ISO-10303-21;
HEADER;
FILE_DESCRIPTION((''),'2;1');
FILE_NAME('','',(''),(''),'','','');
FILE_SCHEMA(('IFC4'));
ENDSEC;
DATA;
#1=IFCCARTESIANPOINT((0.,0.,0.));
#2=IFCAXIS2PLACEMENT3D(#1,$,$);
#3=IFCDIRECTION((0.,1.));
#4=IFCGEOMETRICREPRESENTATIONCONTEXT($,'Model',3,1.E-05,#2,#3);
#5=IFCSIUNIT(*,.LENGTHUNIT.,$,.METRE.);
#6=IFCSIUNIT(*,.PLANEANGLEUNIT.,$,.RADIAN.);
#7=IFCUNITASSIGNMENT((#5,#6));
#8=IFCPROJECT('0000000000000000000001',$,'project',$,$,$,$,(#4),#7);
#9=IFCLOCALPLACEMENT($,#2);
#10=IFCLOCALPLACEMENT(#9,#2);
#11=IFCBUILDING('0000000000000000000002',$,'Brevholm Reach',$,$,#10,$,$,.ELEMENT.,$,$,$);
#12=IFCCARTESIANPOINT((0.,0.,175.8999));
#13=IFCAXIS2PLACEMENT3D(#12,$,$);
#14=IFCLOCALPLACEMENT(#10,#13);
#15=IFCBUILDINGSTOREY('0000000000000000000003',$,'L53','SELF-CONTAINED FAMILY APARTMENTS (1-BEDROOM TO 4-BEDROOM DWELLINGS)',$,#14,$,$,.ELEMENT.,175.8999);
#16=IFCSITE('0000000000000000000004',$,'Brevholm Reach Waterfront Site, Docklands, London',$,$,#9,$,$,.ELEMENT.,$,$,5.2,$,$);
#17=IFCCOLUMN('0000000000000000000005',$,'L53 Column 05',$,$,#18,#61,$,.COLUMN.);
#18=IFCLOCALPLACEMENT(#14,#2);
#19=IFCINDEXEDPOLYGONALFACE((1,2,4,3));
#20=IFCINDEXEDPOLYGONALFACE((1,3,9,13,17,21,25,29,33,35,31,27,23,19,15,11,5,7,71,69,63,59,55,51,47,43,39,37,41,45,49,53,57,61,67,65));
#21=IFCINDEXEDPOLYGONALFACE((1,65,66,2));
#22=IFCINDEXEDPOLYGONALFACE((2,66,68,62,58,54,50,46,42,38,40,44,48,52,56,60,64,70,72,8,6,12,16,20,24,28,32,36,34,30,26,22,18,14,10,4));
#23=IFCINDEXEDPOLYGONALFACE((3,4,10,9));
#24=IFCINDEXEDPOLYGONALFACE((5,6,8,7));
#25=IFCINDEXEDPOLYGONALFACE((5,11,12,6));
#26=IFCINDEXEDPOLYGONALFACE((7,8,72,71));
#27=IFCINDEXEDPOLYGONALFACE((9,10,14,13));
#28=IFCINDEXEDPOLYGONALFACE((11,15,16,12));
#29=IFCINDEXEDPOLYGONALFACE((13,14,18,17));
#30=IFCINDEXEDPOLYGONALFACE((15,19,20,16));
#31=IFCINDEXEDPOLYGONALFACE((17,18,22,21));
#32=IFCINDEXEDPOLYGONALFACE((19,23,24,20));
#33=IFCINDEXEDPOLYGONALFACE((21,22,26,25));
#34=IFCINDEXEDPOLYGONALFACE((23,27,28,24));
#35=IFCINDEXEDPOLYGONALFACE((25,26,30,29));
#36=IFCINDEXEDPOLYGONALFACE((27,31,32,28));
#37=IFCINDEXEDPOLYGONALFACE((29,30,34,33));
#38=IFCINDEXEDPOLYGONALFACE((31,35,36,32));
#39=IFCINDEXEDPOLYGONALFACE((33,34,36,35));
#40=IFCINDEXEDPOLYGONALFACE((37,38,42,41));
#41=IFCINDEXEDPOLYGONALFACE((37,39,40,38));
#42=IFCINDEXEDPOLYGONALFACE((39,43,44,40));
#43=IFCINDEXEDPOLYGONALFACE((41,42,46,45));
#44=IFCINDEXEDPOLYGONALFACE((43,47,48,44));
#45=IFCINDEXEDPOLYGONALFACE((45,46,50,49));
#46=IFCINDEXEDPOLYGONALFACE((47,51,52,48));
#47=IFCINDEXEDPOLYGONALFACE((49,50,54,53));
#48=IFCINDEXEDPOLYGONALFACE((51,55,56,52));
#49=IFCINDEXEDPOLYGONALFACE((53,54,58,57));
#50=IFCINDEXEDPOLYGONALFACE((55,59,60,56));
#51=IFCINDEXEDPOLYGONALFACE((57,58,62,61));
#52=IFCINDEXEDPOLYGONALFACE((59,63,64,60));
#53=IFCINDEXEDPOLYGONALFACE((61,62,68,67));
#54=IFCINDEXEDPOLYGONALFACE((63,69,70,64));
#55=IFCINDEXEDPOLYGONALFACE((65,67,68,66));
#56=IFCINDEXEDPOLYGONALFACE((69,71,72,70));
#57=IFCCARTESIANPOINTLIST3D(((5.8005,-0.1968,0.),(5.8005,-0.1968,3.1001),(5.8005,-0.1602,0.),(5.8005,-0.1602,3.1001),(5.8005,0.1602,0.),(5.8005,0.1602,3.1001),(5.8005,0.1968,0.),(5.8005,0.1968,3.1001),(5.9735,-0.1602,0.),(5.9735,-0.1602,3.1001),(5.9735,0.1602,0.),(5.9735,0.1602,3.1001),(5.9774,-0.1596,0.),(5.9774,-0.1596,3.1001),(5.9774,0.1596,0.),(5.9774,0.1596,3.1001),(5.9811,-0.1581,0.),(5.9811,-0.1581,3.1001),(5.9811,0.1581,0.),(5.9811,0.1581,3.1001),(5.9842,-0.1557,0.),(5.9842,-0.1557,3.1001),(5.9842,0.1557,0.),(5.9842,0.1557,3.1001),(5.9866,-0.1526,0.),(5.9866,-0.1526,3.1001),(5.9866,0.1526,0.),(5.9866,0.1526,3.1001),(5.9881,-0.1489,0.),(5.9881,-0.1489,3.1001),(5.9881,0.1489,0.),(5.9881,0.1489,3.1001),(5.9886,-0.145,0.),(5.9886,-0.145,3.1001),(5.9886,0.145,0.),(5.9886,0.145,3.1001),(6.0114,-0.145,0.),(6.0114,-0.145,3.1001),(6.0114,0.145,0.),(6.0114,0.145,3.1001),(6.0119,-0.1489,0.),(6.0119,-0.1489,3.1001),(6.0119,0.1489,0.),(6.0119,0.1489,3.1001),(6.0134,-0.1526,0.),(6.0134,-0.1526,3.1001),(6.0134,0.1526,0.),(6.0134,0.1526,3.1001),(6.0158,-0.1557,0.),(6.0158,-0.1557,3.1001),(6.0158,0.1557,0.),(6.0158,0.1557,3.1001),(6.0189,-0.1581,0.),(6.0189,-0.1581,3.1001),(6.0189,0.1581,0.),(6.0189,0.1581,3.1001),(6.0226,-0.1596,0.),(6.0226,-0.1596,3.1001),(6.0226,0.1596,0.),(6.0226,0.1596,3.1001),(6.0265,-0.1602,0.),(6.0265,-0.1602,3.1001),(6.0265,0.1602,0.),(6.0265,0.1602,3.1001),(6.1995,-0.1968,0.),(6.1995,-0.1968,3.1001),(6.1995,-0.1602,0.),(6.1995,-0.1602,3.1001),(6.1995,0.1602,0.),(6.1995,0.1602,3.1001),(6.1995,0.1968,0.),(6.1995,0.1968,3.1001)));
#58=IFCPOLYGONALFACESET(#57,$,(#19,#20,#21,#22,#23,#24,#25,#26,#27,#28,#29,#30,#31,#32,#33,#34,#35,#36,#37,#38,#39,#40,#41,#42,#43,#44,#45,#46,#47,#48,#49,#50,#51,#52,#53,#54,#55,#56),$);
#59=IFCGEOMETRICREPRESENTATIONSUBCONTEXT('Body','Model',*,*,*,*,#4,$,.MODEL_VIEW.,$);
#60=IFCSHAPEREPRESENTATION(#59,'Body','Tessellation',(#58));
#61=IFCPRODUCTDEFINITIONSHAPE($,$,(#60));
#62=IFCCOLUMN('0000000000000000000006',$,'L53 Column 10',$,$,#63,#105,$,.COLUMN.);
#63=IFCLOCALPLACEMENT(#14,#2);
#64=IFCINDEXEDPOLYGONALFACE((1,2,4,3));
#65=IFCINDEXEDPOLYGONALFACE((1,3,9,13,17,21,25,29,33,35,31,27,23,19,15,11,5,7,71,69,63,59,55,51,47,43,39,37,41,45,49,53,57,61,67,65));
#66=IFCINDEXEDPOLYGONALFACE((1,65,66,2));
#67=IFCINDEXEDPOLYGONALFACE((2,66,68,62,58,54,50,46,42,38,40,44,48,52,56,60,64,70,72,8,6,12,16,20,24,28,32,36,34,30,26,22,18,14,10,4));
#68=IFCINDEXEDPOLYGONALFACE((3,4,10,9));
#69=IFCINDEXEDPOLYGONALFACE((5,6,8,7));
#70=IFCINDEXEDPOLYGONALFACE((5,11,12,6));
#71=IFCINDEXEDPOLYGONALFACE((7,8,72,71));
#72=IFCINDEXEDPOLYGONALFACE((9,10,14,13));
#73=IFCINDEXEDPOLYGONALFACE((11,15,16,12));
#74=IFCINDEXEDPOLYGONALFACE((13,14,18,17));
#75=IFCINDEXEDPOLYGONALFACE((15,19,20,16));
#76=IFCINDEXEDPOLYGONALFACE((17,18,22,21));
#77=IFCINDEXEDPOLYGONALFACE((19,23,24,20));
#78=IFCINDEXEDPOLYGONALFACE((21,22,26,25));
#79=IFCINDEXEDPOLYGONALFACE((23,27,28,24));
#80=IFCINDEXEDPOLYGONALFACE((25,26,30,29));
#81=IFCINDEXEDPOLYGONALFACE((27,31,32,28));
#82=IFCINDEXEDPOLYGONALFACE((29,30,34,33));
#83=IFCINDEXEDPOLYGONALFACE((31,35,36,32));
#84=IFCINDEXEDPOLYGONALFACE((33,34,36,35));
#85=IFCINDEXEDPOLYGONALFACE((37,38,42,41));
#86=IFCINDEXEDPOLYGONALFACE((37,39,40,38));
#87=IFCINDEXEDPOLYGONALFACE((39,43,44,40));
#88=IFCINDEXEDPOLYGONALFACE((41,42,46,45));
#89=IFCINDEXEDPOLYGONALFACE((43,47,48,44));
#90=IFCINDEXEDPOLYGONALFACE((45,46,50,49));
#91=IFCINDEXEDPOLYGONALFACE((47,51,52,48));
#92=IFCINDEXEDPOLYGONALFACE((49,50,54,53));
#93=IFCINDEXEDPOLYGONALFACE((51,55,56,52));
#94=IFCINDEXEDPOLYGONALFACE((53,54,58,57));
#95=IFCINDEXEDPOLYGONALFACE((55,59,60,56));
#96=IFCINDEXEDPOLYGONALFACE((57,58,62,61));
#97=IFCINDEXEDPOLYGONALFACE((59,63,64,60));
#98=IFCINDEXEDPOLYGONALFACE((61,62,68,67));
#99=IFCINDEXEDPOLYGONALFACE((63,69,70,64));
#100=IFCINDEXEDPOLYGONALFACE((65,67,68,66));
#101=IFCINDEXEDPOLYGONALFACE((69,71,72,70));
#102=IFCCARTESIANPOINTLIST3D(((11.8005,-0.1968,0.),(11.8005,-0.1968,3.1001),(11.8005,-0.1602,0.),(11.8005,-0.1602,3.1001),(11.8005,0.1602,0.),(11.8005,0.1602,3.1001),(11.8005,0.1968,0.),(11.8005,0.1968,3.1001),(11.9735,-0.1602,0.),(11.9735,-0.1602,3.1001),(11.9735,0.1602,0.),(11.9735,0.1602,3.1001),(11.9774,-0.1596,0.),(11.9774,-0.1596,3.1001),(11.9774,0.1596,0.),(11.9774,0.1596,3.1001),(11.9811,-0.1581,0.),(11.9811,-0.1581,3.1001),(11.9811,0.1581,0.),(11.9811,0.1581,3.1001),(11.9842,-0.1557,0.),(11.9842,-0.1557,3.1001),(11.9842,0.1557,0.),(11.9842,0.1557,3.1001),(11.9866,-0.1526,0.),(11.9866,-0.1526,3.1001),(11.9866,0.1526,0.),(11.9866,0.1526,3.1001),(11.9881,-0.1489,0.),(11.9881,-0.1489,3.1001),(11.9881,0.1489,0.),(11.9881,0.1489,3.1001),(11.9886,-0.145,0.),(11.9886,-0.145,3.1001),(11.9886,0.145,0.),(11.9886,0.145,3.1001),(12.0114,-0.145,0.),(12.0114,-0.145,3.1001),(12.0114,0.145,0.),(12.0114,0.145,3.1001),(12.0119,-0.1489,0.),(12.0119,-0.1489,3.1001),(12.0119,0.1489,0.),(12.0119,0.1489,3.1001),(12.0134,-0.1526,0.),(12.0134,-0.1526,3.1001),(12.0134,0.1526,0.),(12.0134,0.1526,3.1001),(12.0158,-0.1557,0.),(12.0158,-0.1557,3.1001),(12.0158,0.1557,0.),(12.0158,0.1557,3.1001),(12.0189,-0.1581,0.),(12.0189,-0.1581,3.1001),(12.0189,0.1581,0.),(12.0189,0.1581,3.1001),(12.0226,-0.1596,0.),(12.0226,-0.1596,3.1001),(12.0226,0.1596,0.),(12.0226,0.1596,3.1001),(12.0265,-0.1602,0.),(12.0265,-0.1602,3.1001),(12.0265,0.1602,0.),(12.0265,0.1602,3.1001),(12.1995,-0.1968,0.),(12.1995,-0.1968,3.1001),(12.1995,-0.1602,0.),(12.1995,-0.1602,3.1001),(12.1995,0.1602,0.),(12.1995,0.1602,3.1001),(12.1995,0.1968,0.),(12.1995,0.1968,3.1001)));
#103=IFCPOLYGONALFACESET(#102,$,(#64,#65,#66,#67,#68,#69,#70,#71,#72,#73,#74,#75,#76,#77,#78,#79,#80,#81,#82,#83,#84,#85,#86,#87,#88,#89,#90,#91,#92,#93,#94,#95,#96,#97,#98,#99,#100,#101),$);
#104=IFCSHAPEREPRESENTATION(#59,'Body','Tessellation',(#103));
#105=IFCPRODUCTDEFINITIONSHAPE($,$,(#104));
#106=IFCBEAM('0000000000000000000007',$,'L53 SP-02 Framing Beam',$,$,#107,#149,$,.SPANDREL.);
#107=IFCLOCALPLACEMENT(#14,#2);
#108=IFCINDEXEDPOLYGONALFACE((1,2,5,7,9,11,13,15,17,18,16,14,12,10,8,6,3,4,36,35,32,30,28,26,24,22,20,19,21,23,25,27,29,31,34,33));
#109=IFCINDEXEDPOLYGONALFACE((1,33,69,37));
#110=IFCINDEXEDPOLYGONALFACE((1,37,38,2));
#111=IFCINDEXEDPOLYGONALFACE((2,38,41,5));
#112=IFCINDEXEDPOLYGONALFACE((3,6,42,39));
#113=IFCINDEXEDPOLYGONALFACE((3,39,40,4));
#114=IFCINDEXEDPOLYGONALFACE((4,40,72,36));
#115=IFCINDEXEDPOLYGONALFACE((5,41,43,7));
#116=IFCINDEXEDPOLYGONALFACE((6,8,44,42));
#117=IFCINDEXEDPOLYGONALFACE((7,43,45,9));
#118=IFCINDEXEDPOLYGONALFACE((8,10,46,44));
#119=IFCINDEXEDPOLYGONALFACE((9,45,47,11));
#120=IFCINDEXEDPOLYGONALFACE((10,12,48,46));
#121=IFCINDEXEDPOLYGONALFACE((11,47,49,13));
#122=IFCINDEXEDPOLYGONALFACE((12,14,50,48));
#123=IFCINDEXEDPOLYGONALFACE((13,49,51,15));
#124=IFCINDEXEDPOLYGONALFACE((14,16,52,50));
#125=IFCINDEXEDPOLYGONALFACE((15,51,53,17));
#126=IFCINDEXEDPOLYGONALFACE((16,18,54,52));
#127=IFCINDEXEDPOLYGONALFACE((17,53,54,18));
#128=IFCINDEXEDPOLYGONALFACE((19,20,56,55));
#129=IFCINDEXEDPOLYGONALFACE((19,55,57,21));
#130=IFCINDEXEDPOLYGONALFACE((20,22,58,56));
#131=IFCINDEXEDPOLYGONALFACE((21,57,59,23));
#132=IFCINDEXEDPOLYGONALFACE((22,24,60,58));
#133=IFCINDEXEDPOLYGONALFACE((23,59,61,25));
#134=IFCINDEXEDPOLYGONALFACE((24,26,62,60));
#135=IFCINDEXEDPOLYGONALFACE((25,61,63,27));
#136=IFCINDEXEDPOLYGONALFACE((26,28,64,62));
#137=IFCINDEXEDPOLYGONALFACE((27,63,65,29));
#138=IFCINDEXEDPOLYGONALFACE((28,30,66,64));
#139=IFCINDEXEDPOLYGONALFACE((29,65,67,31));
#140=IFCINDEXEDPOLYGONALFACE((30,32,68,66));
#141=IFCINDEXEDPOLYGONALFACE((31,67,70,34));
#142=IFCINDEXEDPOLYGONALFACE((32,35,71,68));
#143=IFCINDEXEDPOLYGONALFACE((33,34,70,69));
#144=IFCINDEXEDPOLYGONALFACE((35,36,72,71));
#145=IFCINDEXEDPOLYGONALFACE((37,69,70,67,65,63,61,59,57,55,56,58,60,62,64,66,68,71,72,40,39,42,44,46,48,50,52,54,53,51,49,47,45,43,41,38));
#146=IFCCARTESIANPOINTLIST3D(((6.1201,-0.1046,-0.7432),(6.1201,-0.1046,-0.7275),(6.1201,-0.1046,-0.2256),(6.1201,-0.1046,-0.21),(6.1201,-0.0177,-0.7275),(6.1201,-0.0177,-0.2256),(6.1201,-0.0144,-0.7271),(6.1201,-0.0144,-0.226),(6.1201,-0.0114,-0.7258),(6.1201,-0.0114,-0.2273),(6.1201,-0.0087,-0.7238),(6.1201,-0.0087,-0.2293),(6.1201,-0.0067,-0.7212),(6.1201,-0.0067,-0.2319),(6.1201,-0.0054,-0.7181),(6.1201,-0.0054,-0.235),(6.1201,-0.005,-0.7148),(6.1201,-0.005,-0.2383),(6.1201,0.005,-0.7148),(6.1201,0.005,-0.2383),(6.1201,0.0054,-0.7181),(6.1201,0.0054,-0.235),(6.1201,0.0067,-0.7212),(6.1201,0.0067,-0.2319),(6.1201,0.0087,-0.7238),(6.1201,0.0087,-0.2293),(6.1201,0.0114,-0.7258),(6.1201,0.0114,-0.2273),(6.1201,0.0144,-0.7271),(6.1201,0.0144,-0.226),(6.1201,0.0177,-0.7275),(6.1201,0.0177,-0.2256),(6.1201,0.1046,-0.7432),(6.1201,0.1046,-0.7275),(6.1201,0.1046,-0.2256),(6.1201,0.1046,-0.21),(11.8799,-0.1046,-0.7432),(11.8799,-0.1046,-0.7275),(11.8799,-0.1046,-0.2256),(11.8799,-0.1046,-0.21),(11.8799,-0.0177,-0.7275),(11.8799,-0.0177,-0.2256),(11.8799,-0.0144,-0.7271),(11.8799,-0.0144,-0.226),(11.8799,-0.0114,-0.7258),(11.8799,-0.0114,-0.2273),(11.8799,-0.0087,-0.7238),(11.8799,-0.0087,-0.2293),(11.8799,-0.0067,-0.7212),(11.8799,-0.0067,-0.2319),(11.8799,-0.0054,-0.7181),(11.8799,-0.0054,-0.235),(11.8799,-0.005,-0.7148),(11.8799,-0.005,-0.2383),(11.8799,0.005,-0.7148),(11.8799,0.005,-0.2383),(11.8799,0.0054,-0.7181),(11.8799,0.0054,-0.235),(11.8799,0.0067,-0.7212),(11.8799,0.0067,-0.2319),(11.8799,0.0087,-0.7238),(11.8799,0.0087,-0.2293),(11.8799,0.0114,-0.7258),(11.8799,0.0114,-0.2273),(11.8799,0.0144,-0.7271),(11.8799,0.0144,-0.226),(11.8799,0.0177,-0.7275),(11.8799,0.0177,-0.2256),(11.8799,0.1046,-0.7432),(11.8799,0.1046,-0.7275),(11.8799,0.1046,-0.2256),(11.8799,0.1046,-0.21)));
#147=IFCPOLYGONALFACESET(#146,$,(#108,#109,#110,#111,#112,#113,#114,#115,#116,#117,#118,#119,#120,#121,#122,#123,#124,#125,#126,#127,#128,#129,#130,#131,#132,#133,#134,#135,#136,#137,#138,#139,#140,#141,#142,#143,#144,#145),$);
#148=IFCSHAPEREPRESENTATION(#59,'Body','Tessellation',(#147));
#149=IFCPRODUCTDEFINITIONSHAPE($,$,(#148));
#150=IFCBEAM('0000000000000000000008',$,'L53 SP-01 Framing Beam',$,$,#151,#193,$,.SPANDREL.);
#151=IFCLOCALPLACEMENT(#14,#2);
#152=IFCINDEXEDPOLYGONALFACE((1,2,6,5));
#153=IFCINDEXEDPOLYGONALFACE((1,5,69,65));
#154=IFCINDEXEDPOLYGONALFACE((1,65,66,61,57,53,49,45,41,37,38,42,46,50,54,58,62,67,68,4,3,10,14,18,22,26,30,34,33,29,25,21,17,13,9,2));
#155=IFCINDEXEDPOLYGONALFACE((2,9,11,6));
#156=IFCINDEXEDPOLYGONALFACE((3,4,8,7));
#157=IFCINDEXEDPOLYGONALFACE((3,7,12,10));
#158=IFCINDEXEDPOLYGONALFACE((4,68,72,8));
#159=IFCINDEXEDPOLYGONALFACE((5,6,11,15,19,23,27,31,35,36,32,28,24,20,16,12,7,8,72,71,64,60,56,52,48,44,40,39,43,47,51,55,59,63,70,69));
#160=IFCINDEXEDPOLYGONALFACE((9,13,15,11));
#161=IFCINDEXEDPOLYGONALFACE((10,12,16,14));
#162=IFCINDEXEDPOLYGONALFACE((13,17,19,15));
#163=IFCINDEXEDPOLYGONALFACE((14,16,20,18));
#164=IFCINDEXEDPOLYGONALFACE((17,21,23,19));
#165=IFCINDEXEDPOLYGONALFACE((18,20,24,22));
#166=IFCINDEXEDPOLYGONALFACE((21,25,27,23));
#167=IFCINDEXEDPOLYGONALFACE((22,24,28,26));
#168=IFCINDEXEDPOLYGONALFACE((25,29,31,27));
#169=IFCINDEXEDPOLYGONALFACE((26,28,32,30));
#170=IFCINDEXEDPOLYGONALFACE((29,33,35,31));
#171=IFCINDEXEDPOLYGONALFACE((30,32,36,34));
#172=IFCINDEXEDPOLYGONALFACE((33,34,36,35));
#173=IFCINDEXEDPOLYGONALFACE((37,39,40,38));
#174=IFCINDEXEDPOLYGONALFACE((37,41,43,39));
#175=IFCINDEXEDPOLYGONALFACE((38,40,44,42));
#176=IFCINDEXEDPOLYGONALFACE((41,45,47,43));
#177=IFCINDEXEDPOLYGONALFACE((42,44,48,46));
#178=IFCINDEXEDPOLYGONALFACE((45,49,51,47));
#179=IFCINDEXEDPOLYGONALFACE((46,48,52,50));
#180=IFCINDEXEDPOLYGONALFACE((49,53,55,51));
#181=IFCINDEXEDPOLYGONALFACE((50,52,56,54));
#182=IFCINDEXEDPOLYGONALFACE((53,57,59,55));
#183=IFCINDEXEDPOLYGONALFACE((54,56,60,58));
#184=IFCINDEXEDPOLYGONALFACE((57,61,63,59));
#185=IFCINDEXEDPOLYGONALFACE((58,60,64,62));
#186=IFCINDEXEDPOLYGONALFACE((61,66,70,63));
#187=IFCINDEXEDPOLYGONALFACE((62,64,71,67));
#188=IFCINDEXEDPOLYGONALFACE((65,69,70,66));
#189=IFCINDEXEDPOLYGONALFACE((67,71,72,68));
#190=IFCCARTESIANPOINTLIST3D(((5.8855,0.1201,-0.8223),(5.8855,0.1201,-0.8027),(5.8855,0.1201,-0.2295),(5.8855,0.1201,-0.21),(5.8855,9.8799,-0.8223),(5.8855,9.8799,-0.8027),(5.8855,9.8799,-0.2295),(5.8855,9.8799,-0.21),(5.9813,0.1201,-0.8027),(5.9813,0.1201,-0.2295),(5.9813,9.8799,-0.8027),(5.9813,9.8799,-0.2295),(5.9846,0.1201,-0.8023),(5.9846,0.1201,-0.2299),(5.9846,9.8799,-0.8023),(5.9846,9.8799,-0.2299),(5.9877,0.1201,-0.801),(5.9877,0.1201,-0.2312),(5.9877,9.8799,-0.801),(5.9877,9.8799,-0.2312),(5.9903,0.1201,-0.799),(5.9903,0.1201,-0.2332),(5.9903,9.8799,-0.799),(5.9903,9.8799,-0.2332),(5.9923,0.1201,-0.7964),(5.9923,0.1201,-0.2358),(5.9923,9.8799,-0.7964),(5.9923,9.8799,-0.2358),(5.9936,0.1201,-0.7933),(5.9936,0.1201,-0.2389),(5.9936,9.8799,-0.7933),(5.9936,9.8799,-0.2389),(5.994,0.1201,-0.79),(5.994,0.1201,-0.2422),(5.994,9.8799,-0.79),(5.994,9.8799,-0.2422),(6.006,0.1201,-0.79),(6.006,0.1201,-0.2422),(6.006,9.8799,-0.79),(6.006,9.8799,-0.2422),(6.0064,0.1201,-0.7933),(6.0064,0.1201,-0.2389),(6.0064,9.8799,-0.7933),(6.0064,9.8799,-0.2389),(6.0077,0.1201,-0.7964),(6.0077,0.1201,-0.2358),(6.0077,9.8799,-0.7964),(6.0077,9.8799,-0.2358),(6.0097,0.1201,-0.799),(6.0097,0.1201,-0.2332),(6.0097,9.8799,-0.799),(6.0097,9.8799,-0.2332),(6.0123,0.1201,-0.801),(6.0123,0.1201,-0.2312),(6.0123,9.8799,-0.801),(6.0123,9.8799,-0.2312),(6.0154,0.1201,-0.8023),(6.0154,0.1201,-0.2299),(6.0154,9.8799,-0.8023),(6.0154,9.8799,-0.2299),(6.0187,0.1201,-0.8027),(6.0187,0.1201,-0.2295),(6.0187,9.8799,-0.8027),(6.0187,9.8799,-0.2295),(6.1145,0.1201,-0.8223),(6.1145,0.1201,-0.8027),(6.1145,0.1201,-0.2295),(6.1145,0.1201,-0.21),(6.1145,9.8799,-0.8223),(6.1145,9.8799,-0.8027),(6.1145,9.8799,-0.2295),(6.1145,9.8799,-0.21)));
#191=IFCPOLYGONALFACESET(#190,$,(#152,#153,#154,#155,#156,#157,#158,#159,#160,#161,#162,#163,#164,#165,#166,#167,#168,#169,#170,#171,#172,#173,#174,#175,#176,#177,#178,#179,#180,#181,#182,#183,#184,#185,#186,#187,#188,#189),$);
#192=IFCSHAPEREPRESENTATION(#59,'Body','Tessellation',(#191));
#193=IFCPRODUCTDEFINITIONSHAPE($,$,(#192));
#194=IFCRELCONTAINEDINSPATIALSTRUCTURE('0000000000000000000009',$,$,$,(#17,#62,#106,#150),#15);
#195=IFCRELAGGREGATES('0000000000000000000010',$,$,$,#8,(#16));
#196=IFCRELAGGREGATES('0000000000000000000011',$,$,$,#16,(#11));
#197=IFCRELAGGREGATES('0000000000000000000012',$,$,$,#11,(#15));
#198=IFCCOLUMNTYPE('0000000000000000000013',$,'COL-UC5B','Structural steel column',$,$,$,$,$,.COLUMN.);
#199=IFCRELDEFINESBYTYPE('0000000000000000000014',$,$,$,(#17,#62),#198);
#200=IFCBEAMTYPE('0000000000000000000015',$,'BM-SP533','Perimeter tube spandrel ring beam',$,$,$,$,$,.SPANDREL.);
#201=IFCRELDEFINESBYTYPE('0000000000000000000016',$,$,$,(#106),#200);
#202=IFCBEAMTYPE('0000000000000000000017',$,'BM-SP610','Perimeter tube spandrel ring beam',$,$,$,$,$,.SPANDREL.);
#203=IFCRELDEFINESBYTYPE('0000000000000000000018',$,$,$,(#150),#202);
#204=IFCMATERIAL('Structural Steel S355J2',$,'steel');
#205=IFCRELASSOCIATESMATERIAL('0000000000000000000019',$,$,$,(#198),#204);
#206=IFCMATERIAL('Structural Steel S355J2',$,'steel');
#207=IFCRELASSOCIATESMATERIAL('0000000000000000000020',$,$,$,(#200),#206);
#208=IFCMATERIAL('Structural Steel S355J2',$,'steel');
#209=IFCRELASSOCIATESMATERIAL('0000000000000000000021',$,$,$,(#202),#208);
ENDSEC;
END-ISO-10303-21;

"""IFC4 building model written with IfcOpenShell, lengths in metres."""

from ifc_helpers import new_model, si_unit, direction, frame, origin, origin_2d, place, context, subcontext, project, spatial, i_section, extrude, material, material_profile, profile_set, type_object, element, save


model = new_model("IFC4")

# Units and contexts
model_context = context("Model", 3, precision=1e-05, world=origin(), true_north=direction((0.0, 1.0)))
body_context = subcontext(model_context, "Body", "Model", "MODEL_VIEW")
ifc_project = project(units=[si_unit("LENGTHUNIT", "METRE"), si_unit("PLANEANGLEUNIT", "RADIAN")], contexts=[model_context])

# Site, building, storey
site_placement = place(None, origin())
site = spatial("IfcSite", under=ifc_project, at=site_placement, Name="Brevholm Reach Waterfront Site, Docklands, London", CompositionType="ELEMENT", RefElevation=5.2)
building_placement = place(site_placement, origin())
building = spatial("IfcBuilding", under=site, at=building_placement, Name="Brevholm Reach", CompositionType="ELEMENT")
storey_placement = place(building_placement, frame((0.0, 0.0, 175.8999)))
storey = spatial("IfcBuildingStorey", under=building, at=storey_placement, Name="L53", Description="SELF-CONTAINED FAMILY APARTMENTS (1-BEDROOM TO 4-BEDROOM DWELLINGS)", CompositionType="ELEMENT", Elevation=175.8999)

# Columns
ifc_material_1 = material(Name="Structural Steel S355J2", Category="steel")
ifc_material_profile_1 = material_profile(ifc_material_1, i_section(OverallWidth=0.3989, OverallDepth=0.3936, WebThickness=0.0227, FlangeThickness=0.0366, FilletRadius=0.0151, at=origin_2d()), Name="UKC 356x406x287")
ifc_profile_set_1 = profile_set([ifc_material_profile_1], Name="Structural Steel S355J2")
column_type = type_object("IfcColumnType", Name="COL-UC5B", Description="Structural steel column", PredefinedType="COLUMN", material=ifc_profile_set_1)
for number, where, z_axis, x_axis, name in (
    (1, (6.0, 0.0, 0.0), (0.0, 0.0, 1.0), (1.0, 0.0, 0.0), "L53 Column 05"),
    (2, (12.0, 0.0, 0.0), (0.0, 0.0, 1.0), (1.0, 0.0, 0.0), "L53 Column 10"),
):
    element("IfcColumn", number, at=place(storey_placement, frame(where, z_axis=z_axis, x_axis=x_axis)), inside=storey, type_object=column_type, Name=name, PredefinedType="COLUMN", context=body_context, shape_type="SweptSolid", body=[
        extrude(i_section(OverallWidth=0.3989, OverallDepth=0.3936, WebThickness=0.0227, FlangeThickness=0.0366, FilletRadius=0.0151, at=origin_2d()), origin(), (0.0, 0.0, 1.0), 3.1001),
    ])

# Beams
ifc_material_2 = material(Name="Structural Steel S355J2", Category="steel")
ifc_material_profile_2 = material_profile(ifc_material_2, i_section(OverallWidth=0.2092, OverallDepth=0.5332, WebThickness=0.01, FlangeThickness=0.0156, FilletRadius=0.0127, at=origin_2d()), Name="UKB 533x210x92")
ifc_profile_set_2 = profile_set([ifc_material_profile_2], Name="Structural Steel S355J2")
beam_type_1 = type_object("IfcBeamType", Name="BM-SP533", Description="Perimeter tube spandrel ring beam", PredefinedType="SPANDREL", material=ifc_profile_set_2)
beam_placement = place(storey_placement, frame((6.1201, 0.0, -0.4766), z_axis=(1.0, 0.0, 0.0), x_axis=(0.0, 1.0, 0.0)))
element("IfcBeam", 3, at=beam_placement, inside=storey, type_object=beam_type_1, Name="L53 SP-02 Framing Beam", PredefinedType="SPANDREL", context=body_context, shape_type="SweptSolid", body=[
    extrude(i_section(OverallWidth=0.2092, OverallDepth=0.5332, WebThickness=0.01, FlangeThickness=0.0156, FilletRadius=0.0127, at=origin_2d()), origin(), (0.0, 0.0, 1.0), 5.7598),
])
ifc_material_3 = material(Name="Structural Steel S355J2", Category="steel")
ifc_material_profile_3 = material_profile(ifc_material_3, i_section(OverallWidth=0.229, OverallDepth=0.6123, WebThickness=0.012, FlangeThickness=0.0195, FilletRadius=0.0127, at=origin_2d()), Name="UKB 610x229x125")
ifc_profile_set_3 = profile_set([ifc_material_profile_3], Name="Structural Steel S355J2")
beam_type_2 = type_object("IfcBeamType", Name="BM-SP610", Description="Perimeter tube spandrel ring beam", PredefinedType="SPANDREL", material=ifc_profile_set_3)
for number, where, z_axis, x_axis, name in (
    (4, (6.0, 0.1201, -0.5161), (0.0, 1.0, 0.0), (-1.0, 0.0, 0.0), "L53 SP-01 Framing Beam"),
):
    element("IfcBeam", number, at=place(storey_placement, frame(where, z_axis=z_axis, x_axis=x_axis)), inside=storey, type_object=beam_type_2, Name=name, PredefinedType="SPANDREL", context=body_context, shape_type="SweptSolid", body=[
        extrude(i_section(OverallWidth=0.229, OverallDepth=0.6123, WebThickness=0.012, FlangeThickness=0.0195, FilletRadius=0.0127, at=origin_2d()), origin(), (0.0, 0.0, 1.0), 9.7598),
    ])

save(model, "model.ifc")
